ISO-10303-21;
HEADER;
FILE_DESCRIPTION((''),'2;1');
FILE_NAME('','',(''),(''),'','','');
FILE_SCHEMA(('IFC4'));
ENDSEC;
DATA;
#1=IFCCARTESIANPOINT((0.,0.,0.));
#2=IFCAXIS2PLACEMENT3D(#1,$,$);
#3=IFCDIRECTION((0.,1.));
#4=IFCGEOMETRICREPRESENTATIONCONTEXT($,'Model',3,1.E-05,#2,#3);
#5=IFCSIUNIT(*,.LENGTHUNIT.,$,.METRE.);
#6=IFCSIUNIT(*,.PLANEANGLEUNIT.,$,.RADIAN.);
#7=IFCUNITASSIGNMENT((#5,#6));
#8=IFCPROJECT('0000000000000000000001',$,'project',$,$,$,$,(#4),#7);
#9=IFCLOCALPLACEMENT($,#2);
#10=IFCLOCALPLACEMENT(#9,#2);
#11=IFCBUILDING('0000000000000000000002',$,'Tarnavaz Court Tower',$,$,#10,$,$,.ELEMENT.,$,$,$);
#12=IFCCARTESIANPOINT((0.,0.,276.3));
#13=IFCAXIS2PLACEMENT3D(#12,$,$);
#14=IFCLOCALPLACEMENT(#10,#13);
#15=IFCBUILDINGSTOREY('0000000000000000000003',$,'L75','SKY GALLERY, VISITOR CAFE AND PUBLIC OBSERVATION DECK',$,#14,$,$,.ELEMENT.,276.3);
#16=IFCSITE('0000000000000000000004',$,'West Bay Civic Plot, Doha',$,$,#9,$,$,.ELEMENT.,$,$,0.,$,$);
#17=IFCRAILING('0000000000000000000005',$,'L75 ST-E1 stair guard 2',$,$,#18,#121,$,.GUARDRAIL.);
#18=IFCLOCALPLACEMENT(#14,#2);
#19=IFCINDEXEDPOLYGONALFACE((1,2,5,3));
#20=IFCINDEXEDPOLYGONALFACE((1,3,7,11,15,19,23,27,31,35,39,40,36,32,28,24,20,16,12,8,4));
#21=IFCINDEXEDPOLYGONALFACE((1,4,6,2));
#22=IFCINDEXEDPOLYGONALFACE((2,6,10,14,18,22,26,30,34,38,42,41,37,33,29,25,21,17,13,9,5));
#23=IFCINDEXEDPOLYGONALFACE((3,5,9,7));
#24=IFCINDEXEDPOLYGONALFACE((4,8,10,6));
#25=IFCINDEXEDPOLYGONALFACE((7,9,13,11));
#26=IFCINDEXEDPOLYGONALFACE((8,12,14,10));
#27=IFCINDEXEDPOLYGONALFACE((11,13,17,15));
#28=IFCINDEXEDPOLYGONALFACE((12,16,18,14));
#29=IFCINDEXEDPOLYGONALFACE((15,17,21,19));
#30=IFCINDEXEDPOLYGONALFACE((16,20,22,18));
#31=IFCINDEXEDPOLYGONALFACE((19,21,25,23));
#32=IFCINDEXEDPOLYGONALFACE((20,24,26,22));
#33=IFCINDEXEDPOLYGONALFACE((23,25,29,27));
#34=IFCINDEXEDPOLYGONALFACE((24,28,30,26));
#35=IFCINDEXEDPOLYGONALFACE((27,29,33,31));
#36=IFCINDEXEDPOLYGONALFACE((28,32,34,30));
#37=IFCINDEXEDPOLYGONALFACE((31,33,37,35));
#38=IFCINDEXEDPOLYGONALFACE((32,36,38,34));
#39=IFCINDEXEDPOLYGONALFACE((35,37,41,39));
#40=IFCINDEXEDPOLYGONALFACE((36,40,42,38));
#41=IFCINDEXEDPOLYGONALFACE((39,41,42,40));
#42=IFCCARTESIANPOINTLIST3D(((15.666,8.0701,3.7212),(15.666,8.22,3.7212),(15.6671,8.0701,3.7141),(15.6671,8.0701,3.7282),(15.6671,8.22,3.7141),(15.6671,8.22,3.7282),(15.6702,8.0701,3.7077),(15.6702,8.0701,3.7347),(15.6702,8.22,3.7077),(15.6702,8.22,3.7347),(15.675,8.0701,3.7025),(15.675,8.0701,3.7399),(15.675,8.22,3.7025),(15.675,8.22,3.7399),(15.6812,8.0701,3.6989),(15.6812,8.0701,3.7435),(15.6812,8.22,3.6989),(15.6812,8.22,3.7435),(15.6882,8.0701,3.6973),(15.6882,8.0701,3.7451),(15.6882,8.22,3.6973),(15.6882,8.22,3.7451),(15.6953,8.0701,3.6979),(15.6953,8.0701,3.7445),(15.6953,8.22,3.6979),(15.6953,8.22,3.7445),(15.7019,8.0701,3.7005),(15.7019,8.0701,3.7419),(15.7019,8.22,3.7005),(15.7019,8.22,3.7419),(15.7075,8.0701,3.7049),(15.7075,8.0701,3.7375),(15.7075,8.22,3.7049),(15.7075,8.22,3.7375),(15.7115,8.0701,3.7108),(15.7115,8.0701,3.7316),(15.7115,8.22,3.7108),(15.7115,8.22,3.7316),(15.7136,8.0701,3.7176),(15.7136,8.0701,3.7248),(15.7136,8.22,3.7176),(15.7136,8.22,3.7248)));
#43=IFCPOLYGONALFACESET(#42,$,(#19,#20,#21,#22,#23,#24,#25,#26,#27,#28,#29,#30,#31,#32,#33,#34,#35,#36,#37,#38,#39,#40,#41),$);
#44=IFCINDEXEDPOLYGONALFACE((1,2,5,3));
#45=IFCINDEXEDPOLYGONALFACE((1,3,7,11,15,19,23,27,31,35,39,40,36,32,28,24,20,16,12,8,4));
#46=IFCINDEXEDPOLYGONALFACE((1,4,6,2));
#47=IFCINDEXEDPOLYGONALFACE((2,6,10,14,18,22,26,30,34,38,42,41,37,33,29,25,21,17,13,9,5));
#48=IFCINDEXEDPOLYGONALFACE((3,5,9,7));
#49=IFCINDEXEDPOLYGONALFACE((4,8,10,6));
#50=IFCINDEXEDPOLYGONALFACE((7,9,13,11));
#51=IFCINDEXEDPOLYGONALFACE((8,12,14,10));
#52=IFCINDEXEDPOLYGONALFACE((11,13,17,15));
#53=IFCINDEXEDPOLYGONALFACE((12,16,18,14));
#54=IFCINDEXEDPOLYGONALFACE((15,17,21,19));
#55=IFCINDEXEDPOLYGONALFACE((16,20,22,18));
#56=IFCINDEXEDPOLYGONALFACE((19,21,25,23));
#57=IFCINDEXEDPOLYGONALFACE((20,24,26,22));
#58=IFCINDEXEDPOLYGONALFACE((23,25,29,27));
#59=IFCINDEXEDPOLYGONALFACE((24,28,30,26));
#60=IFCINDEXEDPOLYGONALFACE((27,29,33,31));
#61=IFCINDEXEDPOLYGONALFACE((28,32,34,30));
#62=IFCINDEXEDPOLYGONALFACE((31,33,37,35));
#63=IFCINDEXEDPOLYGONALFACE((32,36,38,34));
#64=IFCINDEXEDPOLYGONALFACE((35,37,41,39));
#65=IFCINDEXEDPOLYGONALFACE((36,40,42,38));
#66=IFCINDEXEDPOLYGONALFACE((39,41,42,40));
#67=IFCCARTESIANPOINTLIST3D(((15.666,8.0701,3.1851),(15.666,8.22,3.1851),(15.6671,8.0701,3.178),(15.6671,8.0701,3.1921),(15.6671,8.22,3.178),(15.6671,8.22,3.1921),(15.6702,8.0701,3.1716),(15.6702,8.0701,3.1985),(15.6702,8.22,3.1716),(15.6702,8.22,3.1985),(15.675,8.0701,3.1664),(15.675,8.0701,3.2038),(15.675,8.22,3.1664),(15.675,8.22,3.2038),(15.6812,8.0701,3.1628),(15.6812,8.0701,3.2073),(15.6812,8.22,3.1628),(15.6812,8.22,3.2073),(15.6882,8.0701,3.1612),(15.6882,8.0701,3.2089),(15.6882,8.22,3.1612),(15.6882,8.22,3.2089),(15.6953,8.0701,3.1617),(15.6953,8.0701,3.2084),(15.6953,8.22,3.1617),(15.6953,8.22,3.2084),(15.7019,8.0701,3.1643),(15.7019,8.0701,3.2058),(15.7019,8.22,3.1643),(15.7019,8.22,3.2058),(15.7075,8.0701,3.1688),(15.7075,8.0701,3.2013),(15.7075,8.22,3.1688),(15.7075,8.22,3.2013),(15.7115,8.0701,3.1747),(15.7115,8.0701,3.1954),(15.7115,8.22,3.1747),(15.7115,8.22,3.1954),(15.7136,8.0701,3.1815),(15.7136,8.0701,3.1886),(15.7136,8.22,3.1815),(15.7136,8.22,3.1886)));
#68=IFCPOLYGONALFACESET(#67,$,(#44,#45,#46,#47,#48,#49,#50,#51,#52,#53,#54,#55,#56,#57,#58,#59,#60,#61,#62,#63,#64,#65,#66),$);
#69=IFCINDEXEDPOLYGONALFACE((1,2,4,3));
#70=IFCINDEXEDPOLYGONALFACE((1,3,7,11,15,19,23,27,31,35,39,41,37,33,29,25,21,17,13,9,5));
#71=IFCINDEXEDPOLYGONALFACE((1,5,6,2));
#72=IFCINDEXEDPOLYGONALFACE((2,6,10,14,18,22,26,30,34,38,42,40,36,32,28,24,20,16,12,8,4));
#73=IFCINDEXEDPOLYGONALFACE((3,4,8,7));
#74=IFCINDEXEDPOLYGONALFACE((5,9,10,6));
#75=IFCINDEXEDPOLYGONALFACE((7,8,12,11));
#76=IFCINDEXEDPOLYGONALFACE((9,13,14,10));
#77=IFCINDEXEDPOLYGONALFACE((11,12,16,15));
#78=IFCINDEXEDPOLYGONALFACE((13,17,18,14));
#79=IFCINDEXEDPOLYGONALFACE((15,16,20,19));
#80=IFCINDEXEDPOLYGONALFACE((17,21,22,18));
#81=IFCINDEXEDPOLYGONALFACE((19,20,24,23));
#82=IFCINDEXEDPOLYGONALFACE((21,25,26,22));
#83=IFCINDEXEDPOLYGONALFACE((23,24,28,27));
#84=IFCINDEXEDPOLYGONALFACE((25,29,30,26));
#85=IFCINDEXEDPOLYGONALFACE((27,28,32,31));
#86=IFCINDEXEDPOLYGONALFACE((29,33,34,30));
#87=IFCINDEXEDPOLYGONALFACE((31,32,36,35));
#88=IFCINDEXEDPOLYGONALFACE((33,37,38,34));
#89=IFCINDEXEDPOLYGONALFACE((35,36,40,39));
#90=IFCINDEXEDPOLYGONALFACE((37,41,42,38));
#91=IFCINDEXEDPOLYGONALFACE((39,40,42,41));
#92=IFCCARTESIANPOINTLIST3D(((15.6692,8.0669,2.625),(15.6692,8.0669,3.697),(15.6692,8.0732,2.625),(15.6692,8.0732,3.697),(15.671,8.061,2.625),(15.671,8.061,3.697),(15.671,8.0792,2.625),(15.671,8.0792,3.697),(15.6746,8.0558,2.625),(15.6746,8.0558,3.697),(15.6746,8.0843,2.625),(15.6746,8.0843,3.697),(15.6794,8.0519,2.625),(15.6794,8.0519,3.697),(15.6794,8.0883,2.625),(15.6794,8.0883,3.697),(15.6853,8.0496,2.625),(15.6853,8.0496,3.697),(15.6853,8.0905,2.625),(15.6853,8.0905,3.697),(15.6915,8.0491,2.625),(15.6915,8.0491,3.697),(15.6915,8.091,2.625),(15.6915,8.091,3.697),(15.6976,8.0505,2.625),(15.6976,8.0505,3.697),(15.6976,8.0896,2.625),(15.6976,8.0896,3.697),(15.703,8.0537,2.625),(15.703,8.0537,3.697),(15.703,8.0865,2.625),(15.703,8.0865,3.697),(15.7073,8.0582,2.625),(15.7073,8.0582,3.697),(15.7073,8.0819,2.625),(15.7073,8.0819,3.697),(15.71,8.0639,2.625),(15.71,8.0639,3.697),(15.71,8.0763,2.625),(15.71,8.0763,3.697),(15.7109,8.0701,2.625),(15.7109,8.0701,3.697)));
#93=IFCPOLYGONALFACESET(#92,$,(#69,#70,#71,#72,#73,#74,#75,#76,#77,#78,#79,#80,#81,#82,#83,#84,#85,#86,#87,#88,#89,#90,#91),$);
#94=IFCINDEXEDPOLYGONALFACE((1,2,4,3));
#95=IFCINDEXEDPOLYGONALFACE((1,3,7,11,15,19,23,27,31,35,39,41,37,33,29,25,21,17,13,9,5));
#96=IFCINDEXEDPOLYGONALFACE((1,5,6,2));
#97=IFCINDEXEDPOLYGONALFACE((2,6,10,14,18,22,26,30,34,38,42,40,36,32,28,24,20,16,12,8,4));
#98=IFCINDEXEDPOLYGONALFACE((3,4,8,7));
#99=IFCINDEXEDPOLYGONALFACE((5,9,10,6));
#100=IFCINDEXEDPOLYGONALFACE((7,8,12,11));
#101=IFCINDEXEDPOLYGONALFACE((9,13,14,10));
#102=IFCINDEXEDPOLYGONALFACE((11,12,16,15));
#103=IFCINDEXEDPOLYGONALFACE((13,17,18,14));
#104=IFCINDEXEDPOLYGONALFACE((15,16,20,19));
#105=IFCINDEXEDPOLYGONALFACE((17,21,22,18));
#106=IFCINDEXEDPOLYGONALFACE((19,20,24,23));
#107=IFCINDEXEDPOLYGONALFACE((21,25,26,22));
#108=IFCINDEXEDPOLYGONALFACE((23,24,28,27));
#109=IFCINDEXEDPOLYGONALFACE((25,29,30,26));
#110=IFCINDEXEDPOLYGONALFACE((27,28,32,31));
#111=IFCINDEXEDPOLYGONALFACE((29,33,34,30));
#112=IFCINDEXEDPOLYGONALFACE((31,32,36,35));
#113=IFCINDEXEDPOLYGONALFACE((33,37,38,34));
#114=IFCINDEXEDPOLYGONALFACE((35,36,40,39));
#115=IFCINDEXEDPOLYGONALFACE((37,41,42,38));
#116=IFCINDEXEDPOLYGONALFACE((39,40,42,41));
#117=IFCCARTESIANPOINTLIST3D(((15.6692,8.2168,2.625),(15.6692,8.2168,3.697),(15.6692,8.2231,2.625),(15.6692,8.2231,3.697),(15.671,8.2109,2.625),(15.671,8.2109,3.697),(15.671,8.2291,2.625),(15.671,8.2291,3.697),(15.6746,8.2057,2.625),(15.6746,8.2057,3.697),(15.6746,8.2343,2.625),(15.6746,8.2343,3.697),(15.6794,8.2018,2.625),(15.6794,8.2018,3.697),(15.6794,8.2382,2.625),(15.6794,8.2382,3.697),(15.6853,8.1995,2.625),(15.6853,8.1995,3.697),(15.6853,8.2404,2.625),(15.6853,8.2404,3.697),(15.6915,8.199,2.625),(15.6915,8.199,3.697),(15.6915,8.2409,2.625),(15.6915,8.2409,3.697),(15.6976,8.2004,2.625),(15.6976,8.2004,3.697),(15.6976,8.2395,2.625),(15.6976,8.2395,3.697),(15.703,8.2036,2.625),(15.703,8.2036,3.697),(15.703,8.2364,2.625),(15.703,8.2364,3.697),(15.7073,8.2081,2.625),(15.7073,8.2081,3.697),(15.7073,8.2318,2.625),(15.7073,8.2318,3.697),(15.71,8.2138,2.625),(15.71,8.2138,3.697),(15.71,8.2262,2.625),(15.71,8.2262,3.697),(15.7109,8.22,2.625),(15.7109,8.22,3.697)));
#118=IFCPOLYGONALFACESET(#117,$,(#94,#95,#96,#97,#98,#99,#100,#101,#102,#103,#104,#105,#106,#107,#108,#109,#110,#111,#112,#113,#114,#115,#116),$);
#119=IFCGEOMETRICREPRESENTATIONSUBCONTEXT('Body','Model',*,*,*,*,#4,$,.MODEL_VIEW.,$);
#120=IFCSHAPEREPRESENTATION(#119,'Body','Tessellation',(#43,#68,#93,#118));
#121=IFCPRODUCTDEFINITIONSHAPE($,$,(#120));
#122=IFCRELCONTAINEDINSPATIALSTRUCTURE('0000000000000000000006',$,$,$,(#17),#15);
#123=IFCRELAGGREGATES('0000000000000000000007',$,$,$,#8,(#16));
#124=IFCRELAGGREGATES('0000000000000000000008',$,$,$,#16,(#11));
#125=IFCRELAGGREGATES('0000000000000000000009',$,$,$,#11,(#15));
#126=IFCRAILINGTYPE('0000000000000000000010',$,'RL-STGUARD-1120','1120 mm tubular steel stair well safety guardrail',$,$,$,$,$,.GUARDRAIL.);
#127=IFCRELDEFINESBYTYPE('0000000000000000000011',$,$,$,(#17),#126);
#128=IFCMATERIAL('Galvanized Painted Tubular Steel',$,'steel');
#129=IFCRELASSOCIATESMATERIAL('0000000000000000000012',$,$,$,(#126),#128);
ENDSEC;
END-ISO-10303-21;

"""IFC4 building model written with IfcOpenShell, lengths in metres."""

from ifc_helpers import new_model, si_unit, direction, frame, origin, origin_2d, place, context, subcontext, project, spatial, circle, extrude, material, type_object, element, save


model = new_model("IFC4")

# Units and contexts
model_context = context("Model", 3, precision=1e-05, world=origin(), true_north=direction((0.0, 1.0)))
body_context = subcontext(model_context, "Body", "Model", "MODEL_VIEW")
ifc_project = project(units=[si_unit("LENGTHUNIT", "METRE"), si_unit("PLANEANGLEUNIT", "RADIAN")], contexts=[model_context])

# Site, building, storey
site_placement = place(None, origin())
site = spatial("IfcSite", under=ifc_project, at=site_placement, Name="West Bay Civic Plot, Doha", CompositionType="ELEMENT", RefElevation=0.0)
building_placement = place(site_placement, origin())
building = spatial("IfcBuilding", under=site, at=building_placement, Name="Tarnavaz Court Tower", CompositionType="ELEMENT")
storey_placement = place(building_placement, frame((0.0, 0.0, 276.3)))
storey = spatial("IfcBuildingStorey", under=building, at=storey_placement, Name="L75", Description="SKY GALLERY, VISITOR CAFE AND PUBLIC OBSERVATION DECK", CompositionType="ELEMENT", Elevation=276.3)

# Railing
ifc_material_1 = material(Name="Galvanized Painted Tubular Steel", Category="steel")
railing_type_1 = type_object("IfcRailingType", Name="RL-STGUARD-1120", Description="1120 mm tubular steel stair well safety guardrail", PredefinedType="GUARDRAIL", material=ifc_material_1)
railing_1_placement = place(storey_placement, frame((15.6899, 8.0701, 2.625)))
element("IfcRailing", 1, at=railing_1_placement, inside=storey, type_object=railing_type_1, Name="L75 ST-E1 stair guard 2", PredefinedType="GUARDRAIL", context=body_context, shape_type="SweptSolid", body=[
    extrude(circle(Radius=0.0239, at=origin_2d()), frame((0.0, 0.0, 1.0962), z_axis=(0.0, 1.0, 0.0), x_axis=(-1.0, 0.0, 0.0)), (0.0, 0.0, 1.0), 0.1499),
    extrude(circle(Radius=0.0239, at=origin_2d()), frame((0.0, 0.0, 0.5601), z_axis=(0.0, 1.0, 0.0), x_axis=(-1.0, 0.0, 0.0)), (0.0, 0.0, 1.0), 0.1499),
    extrude(circle(Radius=0.021, at=origin_2d()), origin(), (0.0, 0.0, 1.0), 1.072),
    extrude(circle(Radius=0.021, at=origin_2d()), frame((0.0, 0.1499, 0.0)), (0.0, 0.0, 1.0), 1.072),
])

save(model, "model.ifc")
